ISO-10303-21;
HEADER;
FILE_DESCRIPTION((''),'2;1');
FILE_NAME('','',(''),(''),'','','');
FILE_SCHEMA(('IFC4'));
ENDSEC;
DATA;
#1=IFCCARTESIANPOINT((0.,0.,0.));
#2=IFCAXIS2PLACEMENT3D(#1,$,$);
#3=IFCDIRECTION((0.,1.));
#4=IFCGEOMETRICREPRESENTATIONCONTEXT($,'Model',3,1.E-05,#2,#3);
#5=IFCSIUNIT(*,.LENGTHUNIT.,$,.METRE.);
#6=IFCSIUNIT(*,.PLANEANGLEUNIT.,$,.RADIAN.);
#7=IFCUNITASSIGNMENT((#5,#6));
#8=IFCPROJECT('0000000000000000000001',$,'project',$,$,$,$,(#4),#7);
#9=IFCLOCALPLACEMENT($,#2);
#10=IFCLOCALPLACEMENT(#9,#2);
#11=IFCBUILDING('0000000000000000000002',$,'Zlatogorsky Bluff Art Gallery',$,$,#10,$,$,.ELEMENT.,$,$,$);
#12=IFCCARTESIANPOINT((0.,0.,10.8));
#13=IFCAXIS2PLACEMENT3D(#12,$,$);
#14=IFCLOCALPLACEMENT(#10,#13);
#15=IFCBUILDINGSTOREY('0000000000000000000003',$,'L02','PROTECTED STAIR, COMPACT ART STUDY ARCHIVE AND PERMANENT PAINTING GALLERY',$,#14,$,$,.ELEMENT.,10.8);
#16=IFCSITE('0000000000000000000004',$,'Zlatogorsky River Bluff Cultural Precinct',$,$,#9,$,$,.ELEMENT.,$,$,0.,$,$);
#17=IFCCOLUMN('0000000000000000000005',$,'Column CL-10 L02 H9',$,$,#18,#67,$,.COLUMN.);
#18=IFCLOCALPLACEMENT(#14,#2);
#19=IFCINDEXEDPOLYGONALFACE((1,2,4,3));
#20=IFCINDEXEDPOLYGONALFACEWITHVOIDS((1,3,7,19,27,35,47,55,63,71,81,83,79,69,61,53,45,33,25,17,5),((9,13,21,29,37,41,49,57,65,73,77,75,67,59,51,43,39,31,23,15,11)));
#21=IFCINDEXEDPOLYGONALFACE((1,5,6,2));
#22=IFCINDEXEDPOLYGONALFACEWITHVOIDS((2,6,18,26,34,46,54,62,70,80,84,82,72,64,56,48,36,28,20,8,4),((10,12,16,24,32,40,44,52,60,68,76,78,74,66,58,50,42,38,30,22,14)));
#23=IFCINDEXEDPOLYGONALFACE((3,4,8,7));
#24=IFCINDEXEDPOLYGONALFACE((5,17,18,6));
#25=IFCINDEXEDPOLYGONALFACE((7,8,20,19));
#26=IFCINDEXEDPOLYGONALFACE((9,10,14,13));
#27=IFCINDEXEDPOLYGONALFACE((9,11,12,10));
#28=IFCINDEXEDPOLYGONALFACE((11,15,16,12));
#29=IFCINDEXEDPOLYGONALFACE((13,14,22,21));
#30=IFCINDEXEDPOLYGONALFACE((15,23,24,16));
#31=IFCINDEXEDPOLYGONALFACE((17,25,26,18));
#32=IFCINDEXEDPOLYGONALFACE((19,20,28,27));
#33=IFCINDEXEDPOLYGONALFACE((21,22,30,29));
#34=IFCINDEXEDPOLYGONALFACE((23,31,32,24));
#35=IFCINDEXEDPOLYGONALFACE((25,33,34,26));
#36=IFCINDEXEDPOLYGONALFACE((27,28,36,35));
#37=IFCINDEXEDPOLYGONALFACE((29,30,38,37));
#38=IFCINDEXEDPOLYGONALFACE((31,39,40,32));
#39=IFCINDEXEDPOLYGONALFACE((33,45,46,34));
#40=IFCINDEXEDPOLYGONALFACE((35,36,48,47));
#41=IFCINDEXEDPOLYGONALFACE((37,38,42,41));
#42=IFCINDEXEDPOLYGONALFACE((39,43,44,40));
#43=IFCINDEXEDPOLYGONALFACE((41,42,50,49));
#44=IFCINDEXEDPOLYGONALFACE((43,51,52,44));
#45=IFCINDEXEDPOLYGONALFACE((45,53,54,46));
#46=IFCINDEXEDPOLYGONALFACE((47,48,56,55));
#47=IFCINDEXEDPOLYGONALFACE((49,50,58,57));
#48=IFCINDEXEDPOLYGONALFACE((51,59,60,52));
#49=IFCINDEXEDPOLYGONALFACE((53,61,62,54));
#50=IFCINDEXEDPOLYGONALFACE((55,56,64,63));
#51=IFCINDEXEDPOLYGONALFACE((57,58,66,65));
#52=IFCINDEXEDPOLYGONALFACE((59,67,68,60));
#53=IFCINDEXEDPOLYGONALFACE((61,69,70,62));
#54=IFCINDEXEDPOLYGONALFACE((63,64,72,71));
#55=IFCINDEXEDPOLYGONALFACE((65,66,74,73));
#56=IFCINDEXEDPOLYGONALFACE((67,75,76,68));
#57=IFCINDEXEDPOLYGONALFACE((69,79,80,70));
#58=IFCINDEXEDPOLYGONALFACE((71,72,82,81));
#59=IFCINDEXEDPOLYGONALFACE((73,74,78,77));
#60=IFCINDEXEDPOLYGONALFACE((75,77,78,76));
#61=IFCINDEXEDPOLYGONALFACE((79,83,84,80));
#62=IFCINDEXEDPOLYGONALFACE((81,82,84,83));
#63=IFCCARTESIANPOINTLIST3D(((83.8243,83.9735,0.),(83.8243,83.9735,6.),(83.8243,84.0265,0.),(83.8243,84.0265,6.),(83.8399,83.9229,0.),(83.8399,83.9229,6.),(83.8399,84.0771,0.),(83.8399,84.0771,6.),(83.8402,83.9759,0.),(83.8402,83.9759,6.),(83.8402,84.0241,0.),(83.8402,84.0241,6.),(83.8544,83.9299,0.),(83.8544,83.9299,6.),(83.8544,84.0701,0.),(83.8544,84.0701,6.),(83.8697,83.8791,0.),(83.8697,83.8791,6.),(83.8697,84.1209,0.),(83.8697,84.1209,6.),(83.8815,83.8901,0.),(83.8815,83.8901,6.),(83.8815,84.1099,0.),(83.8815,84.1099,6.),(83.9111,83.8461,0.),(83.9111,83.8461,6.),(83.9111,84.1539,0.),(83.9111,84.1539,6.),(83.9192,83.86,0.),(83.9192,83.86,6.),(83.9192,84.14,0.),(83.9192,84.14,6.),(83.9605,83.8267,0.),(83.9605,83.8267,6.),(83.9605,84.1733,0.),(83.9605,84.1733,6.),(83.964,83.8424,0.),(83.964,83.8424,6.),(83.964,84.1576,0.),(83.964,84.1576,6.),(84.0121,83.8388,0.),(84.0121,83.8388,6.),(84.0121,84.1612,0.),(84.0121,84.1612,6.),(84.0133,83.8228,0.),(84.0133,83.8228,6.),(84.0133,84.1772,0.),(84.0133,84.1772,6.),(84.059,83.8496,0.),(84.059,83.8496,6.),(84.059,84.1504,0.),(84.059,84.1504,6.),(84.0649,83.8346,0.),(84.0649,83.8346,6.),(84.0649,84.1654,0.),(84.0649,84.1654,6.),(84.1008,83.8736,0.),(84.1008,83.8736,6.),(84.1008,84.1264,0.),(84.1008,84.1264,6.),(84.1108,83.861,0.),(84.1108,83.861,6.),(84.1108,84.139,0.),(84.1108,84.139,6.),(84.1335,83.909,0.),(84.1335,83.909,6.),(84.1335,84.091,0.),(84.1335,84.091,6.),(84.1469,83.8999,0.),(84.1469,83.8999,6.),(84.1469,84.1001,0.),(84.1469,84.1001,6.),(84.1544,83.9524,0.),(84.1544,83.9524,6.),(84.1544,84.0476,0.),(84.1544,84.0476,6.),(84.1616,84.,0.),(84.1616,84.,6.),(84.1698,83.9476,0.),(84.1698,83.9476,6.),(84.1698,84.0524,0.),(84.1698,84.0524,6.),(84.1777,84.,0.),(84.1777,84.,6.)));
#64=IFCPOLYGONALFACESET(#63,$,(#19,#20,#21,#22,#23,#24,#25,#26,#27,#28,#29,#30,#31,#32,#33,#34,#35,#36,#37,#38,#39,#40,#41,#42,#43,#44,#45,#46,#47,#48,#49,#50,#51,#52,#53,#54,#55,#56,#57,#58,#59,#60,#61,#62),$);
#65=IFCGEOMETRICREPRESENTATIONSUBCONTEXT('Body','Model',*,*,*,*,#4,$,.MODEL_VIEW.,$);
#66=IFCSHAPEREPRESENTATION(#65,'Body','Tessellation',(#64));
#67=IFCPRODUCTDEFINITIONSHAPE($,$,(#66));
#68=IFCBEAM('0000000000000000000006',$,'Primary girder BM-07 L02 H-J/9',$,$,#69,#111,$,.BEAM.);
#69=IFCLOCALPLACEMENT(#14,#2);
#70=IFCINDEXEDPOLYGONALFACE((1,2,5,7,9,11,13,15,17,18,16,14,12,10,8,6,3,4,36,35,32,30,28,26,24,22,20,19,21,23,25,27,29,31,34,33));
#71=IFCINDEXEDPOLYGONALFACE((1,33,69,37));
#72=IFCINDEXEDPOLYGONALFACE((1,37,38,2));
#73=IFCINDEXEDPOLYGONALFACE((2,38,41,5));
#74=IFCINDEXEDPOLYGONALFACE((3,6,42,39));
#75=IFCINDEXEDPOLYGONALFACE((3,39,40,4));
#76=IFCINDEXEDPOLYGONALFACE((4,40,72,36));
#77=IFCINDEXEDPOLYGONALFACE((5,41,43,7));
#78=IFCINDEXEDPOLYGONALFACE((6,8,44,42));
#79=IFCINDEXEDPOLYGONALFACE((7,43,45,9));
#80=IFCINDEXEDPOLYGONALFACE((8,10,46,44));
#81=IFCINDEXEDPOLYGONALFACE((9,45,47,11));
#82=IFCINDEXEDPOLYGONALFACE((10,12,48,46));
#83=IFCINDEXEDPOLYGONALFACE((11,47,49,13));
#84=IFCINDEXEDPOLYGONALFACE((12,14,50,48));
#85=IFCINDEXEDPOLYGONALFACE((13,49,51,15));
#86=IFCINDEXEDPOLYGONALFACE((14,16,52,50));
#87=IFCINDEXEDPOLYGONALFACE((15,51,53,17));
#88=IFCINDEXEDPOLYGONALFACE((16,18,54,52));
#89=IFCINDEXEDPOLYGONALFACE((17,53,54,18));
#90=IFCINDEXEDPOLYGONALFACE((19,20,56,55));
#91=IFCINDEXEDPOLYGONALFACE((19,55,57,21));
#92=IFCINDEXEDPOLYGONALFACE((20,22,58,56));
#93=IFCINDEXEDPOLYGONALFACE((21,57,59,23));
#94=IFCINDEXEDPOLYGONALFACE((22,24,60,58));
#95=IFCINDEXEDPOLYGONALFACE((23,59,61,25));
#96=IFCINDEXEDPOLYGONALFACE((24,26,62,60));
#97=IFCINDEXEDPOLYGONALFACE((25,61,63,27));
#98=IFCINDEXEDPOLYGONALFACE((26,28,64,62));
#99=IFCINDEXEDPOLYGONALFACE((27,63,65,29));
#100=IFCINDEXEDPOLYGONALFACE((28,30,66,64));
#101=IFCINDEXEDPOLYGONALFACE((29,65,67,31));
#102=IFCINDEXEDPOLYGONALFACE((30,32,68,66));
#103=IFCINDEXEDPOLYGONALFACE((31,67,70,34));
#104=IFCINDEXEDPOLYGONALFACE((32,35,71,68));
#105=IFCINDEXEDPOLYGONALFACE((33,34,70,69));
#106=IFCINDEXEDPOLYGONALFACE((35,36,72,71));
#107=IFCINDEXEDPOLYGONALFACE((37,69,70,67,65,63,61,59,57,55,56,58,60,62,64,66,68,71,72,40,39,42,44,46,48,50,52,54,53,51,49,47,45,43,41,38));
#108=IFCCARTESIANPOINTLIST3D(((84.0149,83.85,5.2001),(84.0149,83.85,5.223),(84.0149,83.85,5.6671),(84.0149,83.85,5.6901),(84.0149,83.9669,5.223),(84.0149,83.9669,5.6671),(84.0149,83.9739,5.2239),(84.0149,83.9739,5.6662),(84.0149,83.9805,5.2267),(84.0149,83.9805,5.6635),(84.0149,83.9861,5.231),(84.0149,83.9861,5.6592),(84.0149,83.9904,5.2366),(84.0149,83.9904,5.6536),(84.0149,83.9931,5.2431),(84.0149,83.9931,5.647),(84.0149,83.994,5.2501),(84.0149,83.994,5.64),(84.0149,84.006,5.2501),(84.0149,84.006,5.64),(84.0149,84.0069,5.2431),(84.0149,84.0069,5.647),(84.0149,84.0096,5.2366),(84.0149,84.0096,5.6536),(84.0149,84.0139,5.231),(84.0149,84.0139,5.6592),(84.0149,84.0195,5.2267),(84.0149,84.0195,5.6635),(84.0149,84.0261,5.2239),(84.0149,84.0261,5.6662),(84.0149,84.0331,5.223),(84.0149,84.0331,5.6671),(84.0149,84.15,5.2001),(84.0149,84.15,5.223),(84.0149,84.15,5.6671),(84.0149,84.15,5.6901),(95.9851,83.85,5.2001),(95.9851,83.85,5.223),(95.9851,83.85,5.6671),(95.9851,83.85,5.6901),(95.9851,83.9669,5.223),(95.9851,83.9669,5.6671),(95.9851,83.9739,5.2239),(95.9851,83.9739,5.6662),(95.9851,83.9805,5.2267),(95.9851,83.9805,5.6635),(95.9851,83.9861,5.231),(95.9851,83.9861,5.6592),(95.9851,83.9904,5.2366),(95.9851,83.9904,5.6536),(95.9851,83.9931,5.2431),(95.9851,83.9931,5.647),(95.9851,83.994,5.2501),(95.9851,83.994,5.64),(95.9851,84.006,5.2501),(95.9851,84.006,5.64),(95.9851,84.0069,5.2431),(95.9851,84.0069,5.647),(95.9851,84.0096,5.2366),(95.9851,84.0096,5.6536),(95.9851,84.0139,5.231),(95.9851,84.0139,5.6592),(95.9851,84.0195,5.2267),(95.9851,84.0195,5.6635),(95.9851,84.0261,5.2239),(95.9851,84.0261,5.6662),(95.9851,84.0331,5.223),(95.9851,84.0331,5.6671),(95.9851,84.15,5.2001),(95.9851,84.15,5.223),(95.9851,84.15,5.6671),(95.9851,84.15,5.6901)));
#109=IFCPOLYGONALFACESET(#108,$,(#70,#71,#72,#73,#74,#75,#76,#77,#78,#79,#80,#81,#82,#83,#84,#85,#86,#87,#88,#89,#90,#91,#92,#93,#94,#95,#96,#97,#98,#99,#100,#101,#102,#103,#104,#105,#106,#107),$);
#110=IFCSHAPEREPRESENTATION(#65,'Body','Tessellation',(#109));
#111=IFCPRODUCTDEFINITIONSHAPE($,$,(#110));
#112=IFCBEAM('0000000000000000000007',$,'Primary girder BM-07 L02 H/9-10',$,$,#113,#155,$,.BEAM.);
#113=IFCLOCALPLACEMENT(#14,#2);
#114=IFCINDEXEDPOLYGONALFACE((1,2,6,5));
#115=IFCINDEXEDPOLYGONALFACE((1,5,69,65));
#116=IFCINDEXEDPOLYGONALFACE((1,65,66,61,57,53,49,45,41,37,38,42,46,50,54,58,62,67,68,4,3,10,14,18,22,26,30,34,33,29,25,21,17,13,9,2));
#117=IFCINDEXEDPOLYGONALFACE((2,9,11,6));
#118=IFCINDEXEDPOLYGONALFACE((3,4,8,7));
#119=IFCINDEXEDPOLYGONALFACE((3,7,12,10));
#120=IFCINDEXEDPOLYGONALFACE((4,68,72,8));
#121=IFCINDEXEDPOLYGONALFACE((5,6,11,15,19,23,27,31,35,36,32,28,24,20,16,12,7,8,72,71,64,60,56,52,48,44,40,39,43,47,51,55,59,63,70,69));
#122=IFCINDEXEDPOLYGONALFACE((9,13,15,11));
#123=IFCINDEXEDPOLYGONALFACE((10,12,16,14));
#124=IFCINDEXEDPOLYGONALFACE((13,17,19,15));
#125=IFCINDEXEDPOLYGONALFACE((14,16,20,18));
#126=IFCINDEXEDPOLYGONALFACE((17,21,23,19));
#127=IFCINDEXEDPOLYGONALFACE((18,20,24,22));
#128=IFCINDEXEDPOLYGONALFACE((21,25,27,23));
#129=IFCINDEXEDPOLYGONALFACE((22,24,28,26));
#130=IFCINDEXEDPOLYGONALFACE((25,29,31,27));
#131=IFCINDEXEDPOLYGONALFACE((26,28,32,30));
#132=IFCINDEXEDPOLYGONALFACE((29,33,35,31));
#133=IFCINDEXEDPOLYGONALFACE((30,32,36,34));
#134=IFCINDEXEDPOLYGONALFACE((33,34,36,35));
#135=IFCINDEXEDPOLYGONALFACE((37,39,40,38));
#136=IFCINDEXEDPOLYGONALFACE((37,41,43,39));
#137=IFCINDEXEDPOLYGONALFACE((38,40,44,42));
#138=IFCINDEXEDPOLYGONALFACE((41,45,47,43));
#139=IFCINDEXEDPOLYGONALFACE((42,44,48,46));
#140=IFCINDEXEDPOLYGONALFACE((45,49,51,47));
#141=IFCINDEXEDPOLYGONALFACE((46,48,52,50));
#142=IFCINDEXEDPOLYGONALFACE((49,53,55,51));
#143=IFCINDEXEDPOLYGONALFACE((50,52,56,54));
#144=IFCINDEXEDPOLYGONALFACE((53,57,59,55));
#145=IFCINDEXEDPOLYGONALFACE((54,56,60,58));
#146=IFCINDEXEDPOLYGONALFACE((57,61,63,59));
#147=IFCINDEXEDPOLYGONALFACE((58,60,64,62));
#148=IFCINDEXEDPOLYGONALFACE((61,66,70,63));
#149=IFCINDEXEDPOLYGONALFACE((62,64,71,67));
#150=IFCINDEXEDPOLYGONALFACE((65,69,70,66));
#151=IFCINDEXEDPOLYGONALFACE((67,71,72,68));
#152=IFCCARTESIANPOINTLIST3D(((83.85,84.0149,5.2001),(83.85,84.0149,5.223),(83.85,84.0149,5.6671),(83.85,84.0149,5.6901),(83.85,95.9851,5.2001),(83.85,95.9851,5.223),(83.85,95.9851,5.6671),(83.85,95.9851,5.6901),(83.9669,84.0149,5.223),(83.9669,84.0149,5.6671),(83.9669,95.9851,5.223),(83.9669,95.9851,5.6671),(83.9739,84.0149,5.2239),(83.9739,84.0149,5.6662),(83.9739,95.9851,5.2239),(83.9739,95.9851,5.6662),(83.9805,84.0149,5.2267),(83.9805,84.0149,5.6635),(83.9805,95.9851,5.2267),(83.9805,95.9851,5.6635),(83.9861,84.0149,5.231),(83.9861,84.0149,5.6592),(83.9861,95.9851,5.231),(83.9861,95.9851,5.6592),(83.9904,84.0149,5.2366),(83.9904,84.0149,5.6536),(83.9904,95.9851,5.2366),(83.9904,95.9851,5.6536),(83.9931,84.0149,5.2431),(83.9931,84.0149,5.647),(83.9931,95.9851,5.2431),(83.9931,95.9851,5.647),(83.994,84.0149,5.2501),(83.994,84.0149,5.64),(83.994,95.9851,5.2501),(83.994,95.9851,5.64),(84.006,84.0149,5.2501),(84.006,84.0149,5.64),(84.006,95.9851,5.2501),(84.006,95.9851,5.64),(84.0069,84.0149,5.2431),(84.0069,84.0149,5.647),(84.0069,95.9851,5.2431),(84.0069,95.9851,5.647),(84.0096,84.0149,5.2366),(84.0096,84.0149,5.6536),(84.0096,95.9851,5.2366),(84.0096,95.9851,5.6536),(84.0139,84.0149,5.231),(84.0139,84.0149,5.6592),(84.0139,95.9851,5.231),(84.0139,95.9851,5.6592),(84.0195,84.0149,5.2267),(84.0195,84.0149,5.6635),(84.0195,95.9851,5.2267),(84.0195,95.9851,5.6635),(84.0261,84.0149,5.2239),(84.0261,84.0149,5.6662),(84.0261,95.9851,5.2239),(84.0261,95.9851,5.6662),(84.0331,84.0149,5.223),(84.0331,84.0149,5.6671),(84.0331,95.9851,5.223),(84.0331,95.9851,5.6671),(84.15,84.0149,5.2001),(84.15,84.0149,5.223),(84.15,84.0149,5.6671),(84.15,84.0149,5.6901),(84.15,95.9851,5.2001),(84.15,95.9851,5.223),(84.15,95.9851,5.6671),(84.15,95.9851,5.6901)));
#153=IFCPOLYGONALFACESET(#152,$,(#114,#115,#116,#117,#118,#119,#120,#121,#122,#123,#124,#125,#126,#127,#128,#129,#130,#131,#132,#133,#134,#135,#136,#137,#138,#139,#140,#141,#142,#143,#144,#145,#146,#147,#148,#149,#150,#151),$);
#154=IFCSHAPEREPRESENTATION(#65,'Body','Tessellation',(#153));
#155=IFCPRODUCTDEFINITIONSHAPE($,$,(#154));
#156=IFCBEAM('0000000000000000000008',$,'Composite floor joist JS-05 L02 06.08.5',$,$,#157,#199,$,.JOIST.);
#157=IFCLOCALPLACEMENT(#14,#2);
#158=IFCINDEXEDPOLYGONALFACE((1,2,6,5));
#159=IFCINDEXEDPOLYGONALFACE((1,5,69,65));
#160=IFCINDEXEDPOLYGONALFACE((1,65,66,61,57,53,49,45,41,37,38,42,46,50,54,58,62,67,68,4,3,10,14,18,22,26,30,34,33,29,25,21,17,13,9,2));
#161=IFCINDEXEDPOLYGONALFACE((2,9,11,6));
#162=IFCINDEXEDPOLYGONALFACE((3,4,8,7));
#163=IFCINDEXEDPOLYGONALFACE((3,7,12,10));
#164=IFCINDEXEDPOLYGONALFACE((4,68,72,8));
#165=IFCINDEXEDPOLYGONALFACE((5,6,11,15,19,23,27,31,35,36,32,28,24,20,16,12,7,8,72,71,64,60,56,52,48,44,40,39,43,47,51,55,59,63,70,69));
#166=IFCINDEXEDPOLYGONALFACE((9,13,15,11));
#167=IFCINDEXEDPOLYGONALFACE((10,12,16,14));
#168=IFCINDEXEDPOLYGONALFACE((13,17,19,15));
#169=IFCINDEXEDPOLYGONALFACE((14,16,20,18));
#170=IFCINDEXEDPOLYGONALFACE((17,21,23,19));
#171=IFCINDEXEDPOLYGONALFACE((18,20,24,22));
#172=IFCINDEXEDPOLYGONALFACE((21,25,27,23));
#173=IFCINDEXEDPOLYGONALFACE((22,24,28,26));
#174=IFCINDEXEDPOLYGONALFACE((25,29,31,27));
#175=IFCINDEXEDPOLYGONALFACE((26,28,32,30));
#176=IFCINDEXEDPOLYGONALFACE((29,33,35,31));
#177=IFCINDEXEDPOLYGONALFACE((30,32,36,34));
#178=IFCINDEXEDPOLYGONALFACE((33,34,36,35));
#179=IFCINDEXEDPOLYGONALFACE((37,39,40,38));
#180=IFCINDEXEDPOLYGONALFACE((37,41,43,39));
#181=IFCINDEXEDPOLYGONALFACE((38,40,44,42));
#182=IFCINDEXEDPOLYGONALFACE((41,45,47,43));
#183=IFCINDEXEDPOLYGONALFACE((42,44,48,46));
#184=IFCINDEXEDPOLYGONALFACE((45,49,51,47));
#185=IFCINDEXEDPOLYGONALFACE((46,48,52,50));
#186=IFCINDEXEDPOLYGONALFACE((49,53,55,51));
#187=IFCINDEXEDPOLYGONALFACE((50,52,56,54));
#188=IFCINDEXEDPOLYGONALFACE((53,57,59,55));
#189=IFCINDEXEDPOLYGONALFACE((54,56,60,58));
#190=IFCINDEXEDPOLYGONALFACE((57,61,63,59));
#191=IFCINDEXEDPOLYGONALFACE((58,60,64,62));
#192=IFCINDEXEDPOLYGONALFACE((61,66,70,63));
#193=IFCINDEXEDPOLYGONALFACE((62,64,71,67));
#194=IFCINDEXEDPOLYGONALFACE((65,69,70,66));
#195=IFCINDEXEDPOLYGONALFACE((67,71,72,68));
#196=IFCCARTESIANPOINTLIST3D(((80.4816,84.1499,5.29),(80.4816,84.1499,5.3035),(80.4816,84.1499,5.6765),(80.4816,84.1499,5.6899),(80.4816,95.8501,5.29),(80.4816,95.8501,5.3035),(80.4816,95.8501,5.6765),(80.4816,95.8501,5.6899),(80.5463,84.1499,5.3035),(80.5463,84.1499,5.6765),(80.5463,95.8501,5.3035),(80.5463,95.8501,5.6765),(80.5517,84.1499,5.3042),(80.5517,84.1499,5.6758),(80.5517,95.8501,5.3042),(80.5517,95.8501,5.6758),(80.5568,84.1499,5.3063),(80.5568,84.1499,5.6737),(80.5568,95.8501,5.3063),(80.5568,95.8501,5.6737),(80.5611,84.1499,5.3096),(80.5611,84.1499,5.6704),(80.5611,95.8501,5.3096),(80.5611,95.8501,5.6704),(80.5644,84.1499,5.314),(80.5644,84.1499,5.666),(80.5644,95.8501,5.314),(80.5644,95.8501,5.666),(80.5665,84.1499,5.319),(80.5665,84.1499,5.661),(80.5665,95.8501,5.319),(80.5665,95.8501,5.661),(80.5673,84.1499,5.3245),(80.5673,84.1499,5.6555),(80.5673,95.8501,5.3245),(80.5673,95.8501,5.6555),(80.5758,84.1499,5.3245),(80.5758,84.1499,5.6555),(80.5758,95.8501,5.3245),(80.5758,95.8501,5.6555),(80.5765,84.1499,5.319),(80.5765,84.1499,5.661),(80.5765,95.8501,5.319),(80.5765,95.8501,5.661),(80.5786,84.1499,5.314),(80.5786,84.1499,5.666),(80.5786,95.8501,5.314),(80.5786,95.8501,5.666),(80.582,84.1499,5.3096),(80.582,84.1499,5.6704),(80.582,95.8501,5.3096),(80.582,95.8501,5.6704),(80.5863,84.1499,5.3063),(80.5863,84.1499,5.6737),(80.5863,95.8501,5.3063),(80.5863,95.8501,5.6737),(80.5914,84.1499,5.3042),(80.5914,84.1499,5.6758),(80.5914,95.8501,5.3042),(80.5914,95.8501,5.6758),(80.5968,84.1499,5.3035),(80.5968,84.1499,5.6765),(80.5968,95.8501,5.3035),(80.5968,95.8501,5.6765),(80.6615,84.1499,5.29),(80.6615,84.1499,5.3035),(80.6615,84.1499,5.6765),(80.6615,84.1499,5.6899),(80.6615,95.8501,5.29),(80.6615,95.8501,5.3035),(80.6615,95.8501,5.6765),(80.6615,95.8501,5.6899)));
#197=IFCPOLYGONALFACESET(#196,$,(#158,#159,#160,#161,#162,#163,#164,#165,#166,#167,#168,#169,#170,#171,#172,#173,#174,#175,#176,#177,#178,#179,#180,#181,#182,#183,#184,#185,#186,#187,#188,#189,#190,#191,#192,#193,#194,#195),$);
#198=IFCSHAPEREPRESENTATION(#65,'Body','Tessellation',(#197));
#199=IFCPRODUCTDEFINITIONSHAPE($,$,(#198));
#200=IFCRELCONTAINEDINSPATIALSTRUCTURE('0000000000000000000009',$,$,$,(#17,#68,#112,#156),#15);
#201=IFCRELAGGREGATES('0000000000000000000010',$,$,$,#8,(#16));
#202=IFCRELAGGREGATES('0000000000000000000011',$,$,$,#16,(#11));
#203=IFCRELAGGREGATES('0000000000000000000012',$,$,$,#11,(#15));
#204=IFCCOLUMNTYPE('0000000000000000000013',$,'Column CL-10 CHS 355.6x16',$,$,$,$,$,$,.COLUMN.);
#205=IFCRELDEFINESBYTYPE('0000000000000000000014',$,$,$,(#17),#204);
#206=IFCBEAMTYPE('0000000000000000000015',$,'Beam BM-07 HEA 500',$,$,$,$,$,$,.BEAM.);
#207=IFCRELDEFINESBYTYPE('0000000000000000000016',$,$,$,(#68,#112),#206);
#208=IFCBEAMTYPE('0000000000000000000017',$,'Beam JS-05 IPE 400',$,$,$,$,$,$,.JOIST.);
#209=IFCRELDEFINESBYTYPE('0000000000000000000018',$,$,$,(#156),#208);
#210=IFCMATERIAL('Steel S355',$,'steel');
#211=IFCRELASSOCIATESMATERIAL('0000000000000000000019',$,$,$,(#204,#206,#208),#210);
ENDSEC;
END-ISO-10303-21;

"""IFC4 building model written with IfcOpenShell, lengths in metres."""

from ifc_helpers import new_model, si_unit, direction, frame, origin, origin_2d, place, context, subcontext, project, spatial, hollow_circle, i_section, extrude, material, material_profile, profile_set, type_object, element, save


model = new_model("IFC4")

# Units and contexts
model_context = context("Model", 3, precision=1e-05, world=origin(), true_north=direction((0.0, 1.0)))
body_context = subcontext(model_context, "Body", "Model", "MODEL_VIEW")
ifc_project = project(units=[si_unit("LENGTHUNIT", "METRE"), si_unit("PLANEANGLEUNIT", "RADIAN")], contexts=[model_context])

# Site, building, storey
site_placement = place(None, origin())
site = spatial("IfcSite", under=ifc_project, at=site_placement, Name="Zlatogorsky River Bluff Cultural Precinct", CompositionType="ELEMENT", RefElevation=0.0)
building_placement = place(site_placement, origin())
building = spatial("IfcBuilding", under=site, at=building_placement, Name="Zlatogorsky Bluff Art Gallery", CompositionType="ELEMENT")
storey_placement = place(building_placement, frame((0.0, 0.0, 10.8)))
storey = spatial("IfcBuildingStorey", under=building, at=storey_placement, Name="L02", Description="PROTECTED STAIR, COMPACT ART STUDY ARCHIVE AND PERMANENT PAINTING GALLERY", CompositionType="ELEMENT", Elevation=10.8)

# Column
ifc_material_1 = material(Name="Steel S355", Category="steel")
ifc_material_profile_1 = material_profile(ifc_material_1, hollow_circle(Radius=0.1777, WallThickness=0.0161, at=origin_2d()), Name="CHS 355.6x16")
ifc_profile_set_1 = profile_set([ifc_material_profile_1], Name="Steel S355")
column_type = type_object("IfcColumnType", Name="Column CL-10 CHS 355.6x16", PredefinedType="COLUMN", material=ifc_profile_set_1)
column_placement = place(storey_placement, frame((84.0, 84.0, 0.0), z_axis=(0.0, 0.0, 1.0), x_axis=(1.0, 0.0, 0.0)))
element("IfcColumn", 1, at=column_placement, inside=storey, type_object=column_type, Name="Column CL-10 L02 H9", PredefinedType="COLUMN", context=body_context, shape_type="SweptSolid", body=[
    extrude(hollow_circle(Radius=0.1777, WallThickness=0.0161, at=origin_2d()), origin(), (0.0, 0.0, 1.0), 6.0),
])

# Beams
ifc_material_profile_2 = material_profile(ifc_material_1, i_section(OverallWidth=0.3, OverallDepth=0.49, WebThickness=0.012, FlangeThickness=0.0229, FilletRadius=0.0271, at=origin_2d()), Name="HEA 500")
ifc_profile_set_2 = profile_set([ifc_material_profile_2], Name="Steel S355")
beam_type_1 = type_object("IfcBeamType", Name="Beam BM-07 HEA 500", PredefinedType="BEAM", material=ifc_profile_set_2)
for number, where, z_axis, x_axis, name in (
    (2, (84.0149, 84.0, 5.4451), (1.0, 0.0, 0.0), (0.0, 1.0, 0.0), "Primary girder BM-07 L02 H-J/9"),
    (3, (84.0, 84.0149, 5.4451), (0.0, 1.0, 0.0), (-1.0, 0.0, 0.0), "Primary girder BM-07 L02 H/9-10"),
):
    element("IfcBeam", number, at=place(storey_placement, frame(where, z_axis=z_axis, x_axis=x_axis)), inside=storey, type_object=beam_type_1, Name=name, PredefinedType="BEAM", context=body_context, shape_type="SweptSolid", body=[
        extrude(i_section(OverallWidth=0.3, OverallDepth=0.49, WebThickness=0.012, FlangeThickness=0.0229, FilletRadius=0.0271, at=origin_2d()), origin(), (0.0, 0.0, 1.0), 11.9702),
    ])
ifc_material_profile_3 = material_profile(ifc_material_1, i_section(OverallWidth=0.1799, OverallDepth=0.3999, WebThickness=0.0085, FlangeThickness=0.0134, FilletRadius=0.021, at=origin_2d()), Name="IPE 400")
ifc_profile_set_3 = profile_set([ifc_material_profile_3], Name="Steel S355")
beam_type_2 = type_object("IfcBeamType", Name="Beam JS-05 IPE 400", PredefinedType="JOIST", material=ifc_profile_set_3)
for number, where, z_axis, x_axis, name in (
    (4, (80.5715, 84.1499, 5.49), (0.0, 1.0, 0.0), (-1.0, 0.0, 0.0), "Composite floor joist JS-05 L02 06.08.5"),
):
    element("IfcBeam", number, at=place(storey_placement, frame(where, z_axis=z_axis, x_axis=x_axis)), inside=storey, type_object=beam_type_2, Name=name, PredefinedType="JOIST", context=body_context, shape_type="SweptSolid", body=[
        extrude(i_section(OverallWidth=0.1799, OverallDepth=0.3999, WebThickness=0.0085, FlangeThickness=0.0134, FilletRadius=0.021, at=origin_2d()), origin(), (0.0, 0.0, 1.0), 11.7002),
    ])

save(model, "model.ifc")
